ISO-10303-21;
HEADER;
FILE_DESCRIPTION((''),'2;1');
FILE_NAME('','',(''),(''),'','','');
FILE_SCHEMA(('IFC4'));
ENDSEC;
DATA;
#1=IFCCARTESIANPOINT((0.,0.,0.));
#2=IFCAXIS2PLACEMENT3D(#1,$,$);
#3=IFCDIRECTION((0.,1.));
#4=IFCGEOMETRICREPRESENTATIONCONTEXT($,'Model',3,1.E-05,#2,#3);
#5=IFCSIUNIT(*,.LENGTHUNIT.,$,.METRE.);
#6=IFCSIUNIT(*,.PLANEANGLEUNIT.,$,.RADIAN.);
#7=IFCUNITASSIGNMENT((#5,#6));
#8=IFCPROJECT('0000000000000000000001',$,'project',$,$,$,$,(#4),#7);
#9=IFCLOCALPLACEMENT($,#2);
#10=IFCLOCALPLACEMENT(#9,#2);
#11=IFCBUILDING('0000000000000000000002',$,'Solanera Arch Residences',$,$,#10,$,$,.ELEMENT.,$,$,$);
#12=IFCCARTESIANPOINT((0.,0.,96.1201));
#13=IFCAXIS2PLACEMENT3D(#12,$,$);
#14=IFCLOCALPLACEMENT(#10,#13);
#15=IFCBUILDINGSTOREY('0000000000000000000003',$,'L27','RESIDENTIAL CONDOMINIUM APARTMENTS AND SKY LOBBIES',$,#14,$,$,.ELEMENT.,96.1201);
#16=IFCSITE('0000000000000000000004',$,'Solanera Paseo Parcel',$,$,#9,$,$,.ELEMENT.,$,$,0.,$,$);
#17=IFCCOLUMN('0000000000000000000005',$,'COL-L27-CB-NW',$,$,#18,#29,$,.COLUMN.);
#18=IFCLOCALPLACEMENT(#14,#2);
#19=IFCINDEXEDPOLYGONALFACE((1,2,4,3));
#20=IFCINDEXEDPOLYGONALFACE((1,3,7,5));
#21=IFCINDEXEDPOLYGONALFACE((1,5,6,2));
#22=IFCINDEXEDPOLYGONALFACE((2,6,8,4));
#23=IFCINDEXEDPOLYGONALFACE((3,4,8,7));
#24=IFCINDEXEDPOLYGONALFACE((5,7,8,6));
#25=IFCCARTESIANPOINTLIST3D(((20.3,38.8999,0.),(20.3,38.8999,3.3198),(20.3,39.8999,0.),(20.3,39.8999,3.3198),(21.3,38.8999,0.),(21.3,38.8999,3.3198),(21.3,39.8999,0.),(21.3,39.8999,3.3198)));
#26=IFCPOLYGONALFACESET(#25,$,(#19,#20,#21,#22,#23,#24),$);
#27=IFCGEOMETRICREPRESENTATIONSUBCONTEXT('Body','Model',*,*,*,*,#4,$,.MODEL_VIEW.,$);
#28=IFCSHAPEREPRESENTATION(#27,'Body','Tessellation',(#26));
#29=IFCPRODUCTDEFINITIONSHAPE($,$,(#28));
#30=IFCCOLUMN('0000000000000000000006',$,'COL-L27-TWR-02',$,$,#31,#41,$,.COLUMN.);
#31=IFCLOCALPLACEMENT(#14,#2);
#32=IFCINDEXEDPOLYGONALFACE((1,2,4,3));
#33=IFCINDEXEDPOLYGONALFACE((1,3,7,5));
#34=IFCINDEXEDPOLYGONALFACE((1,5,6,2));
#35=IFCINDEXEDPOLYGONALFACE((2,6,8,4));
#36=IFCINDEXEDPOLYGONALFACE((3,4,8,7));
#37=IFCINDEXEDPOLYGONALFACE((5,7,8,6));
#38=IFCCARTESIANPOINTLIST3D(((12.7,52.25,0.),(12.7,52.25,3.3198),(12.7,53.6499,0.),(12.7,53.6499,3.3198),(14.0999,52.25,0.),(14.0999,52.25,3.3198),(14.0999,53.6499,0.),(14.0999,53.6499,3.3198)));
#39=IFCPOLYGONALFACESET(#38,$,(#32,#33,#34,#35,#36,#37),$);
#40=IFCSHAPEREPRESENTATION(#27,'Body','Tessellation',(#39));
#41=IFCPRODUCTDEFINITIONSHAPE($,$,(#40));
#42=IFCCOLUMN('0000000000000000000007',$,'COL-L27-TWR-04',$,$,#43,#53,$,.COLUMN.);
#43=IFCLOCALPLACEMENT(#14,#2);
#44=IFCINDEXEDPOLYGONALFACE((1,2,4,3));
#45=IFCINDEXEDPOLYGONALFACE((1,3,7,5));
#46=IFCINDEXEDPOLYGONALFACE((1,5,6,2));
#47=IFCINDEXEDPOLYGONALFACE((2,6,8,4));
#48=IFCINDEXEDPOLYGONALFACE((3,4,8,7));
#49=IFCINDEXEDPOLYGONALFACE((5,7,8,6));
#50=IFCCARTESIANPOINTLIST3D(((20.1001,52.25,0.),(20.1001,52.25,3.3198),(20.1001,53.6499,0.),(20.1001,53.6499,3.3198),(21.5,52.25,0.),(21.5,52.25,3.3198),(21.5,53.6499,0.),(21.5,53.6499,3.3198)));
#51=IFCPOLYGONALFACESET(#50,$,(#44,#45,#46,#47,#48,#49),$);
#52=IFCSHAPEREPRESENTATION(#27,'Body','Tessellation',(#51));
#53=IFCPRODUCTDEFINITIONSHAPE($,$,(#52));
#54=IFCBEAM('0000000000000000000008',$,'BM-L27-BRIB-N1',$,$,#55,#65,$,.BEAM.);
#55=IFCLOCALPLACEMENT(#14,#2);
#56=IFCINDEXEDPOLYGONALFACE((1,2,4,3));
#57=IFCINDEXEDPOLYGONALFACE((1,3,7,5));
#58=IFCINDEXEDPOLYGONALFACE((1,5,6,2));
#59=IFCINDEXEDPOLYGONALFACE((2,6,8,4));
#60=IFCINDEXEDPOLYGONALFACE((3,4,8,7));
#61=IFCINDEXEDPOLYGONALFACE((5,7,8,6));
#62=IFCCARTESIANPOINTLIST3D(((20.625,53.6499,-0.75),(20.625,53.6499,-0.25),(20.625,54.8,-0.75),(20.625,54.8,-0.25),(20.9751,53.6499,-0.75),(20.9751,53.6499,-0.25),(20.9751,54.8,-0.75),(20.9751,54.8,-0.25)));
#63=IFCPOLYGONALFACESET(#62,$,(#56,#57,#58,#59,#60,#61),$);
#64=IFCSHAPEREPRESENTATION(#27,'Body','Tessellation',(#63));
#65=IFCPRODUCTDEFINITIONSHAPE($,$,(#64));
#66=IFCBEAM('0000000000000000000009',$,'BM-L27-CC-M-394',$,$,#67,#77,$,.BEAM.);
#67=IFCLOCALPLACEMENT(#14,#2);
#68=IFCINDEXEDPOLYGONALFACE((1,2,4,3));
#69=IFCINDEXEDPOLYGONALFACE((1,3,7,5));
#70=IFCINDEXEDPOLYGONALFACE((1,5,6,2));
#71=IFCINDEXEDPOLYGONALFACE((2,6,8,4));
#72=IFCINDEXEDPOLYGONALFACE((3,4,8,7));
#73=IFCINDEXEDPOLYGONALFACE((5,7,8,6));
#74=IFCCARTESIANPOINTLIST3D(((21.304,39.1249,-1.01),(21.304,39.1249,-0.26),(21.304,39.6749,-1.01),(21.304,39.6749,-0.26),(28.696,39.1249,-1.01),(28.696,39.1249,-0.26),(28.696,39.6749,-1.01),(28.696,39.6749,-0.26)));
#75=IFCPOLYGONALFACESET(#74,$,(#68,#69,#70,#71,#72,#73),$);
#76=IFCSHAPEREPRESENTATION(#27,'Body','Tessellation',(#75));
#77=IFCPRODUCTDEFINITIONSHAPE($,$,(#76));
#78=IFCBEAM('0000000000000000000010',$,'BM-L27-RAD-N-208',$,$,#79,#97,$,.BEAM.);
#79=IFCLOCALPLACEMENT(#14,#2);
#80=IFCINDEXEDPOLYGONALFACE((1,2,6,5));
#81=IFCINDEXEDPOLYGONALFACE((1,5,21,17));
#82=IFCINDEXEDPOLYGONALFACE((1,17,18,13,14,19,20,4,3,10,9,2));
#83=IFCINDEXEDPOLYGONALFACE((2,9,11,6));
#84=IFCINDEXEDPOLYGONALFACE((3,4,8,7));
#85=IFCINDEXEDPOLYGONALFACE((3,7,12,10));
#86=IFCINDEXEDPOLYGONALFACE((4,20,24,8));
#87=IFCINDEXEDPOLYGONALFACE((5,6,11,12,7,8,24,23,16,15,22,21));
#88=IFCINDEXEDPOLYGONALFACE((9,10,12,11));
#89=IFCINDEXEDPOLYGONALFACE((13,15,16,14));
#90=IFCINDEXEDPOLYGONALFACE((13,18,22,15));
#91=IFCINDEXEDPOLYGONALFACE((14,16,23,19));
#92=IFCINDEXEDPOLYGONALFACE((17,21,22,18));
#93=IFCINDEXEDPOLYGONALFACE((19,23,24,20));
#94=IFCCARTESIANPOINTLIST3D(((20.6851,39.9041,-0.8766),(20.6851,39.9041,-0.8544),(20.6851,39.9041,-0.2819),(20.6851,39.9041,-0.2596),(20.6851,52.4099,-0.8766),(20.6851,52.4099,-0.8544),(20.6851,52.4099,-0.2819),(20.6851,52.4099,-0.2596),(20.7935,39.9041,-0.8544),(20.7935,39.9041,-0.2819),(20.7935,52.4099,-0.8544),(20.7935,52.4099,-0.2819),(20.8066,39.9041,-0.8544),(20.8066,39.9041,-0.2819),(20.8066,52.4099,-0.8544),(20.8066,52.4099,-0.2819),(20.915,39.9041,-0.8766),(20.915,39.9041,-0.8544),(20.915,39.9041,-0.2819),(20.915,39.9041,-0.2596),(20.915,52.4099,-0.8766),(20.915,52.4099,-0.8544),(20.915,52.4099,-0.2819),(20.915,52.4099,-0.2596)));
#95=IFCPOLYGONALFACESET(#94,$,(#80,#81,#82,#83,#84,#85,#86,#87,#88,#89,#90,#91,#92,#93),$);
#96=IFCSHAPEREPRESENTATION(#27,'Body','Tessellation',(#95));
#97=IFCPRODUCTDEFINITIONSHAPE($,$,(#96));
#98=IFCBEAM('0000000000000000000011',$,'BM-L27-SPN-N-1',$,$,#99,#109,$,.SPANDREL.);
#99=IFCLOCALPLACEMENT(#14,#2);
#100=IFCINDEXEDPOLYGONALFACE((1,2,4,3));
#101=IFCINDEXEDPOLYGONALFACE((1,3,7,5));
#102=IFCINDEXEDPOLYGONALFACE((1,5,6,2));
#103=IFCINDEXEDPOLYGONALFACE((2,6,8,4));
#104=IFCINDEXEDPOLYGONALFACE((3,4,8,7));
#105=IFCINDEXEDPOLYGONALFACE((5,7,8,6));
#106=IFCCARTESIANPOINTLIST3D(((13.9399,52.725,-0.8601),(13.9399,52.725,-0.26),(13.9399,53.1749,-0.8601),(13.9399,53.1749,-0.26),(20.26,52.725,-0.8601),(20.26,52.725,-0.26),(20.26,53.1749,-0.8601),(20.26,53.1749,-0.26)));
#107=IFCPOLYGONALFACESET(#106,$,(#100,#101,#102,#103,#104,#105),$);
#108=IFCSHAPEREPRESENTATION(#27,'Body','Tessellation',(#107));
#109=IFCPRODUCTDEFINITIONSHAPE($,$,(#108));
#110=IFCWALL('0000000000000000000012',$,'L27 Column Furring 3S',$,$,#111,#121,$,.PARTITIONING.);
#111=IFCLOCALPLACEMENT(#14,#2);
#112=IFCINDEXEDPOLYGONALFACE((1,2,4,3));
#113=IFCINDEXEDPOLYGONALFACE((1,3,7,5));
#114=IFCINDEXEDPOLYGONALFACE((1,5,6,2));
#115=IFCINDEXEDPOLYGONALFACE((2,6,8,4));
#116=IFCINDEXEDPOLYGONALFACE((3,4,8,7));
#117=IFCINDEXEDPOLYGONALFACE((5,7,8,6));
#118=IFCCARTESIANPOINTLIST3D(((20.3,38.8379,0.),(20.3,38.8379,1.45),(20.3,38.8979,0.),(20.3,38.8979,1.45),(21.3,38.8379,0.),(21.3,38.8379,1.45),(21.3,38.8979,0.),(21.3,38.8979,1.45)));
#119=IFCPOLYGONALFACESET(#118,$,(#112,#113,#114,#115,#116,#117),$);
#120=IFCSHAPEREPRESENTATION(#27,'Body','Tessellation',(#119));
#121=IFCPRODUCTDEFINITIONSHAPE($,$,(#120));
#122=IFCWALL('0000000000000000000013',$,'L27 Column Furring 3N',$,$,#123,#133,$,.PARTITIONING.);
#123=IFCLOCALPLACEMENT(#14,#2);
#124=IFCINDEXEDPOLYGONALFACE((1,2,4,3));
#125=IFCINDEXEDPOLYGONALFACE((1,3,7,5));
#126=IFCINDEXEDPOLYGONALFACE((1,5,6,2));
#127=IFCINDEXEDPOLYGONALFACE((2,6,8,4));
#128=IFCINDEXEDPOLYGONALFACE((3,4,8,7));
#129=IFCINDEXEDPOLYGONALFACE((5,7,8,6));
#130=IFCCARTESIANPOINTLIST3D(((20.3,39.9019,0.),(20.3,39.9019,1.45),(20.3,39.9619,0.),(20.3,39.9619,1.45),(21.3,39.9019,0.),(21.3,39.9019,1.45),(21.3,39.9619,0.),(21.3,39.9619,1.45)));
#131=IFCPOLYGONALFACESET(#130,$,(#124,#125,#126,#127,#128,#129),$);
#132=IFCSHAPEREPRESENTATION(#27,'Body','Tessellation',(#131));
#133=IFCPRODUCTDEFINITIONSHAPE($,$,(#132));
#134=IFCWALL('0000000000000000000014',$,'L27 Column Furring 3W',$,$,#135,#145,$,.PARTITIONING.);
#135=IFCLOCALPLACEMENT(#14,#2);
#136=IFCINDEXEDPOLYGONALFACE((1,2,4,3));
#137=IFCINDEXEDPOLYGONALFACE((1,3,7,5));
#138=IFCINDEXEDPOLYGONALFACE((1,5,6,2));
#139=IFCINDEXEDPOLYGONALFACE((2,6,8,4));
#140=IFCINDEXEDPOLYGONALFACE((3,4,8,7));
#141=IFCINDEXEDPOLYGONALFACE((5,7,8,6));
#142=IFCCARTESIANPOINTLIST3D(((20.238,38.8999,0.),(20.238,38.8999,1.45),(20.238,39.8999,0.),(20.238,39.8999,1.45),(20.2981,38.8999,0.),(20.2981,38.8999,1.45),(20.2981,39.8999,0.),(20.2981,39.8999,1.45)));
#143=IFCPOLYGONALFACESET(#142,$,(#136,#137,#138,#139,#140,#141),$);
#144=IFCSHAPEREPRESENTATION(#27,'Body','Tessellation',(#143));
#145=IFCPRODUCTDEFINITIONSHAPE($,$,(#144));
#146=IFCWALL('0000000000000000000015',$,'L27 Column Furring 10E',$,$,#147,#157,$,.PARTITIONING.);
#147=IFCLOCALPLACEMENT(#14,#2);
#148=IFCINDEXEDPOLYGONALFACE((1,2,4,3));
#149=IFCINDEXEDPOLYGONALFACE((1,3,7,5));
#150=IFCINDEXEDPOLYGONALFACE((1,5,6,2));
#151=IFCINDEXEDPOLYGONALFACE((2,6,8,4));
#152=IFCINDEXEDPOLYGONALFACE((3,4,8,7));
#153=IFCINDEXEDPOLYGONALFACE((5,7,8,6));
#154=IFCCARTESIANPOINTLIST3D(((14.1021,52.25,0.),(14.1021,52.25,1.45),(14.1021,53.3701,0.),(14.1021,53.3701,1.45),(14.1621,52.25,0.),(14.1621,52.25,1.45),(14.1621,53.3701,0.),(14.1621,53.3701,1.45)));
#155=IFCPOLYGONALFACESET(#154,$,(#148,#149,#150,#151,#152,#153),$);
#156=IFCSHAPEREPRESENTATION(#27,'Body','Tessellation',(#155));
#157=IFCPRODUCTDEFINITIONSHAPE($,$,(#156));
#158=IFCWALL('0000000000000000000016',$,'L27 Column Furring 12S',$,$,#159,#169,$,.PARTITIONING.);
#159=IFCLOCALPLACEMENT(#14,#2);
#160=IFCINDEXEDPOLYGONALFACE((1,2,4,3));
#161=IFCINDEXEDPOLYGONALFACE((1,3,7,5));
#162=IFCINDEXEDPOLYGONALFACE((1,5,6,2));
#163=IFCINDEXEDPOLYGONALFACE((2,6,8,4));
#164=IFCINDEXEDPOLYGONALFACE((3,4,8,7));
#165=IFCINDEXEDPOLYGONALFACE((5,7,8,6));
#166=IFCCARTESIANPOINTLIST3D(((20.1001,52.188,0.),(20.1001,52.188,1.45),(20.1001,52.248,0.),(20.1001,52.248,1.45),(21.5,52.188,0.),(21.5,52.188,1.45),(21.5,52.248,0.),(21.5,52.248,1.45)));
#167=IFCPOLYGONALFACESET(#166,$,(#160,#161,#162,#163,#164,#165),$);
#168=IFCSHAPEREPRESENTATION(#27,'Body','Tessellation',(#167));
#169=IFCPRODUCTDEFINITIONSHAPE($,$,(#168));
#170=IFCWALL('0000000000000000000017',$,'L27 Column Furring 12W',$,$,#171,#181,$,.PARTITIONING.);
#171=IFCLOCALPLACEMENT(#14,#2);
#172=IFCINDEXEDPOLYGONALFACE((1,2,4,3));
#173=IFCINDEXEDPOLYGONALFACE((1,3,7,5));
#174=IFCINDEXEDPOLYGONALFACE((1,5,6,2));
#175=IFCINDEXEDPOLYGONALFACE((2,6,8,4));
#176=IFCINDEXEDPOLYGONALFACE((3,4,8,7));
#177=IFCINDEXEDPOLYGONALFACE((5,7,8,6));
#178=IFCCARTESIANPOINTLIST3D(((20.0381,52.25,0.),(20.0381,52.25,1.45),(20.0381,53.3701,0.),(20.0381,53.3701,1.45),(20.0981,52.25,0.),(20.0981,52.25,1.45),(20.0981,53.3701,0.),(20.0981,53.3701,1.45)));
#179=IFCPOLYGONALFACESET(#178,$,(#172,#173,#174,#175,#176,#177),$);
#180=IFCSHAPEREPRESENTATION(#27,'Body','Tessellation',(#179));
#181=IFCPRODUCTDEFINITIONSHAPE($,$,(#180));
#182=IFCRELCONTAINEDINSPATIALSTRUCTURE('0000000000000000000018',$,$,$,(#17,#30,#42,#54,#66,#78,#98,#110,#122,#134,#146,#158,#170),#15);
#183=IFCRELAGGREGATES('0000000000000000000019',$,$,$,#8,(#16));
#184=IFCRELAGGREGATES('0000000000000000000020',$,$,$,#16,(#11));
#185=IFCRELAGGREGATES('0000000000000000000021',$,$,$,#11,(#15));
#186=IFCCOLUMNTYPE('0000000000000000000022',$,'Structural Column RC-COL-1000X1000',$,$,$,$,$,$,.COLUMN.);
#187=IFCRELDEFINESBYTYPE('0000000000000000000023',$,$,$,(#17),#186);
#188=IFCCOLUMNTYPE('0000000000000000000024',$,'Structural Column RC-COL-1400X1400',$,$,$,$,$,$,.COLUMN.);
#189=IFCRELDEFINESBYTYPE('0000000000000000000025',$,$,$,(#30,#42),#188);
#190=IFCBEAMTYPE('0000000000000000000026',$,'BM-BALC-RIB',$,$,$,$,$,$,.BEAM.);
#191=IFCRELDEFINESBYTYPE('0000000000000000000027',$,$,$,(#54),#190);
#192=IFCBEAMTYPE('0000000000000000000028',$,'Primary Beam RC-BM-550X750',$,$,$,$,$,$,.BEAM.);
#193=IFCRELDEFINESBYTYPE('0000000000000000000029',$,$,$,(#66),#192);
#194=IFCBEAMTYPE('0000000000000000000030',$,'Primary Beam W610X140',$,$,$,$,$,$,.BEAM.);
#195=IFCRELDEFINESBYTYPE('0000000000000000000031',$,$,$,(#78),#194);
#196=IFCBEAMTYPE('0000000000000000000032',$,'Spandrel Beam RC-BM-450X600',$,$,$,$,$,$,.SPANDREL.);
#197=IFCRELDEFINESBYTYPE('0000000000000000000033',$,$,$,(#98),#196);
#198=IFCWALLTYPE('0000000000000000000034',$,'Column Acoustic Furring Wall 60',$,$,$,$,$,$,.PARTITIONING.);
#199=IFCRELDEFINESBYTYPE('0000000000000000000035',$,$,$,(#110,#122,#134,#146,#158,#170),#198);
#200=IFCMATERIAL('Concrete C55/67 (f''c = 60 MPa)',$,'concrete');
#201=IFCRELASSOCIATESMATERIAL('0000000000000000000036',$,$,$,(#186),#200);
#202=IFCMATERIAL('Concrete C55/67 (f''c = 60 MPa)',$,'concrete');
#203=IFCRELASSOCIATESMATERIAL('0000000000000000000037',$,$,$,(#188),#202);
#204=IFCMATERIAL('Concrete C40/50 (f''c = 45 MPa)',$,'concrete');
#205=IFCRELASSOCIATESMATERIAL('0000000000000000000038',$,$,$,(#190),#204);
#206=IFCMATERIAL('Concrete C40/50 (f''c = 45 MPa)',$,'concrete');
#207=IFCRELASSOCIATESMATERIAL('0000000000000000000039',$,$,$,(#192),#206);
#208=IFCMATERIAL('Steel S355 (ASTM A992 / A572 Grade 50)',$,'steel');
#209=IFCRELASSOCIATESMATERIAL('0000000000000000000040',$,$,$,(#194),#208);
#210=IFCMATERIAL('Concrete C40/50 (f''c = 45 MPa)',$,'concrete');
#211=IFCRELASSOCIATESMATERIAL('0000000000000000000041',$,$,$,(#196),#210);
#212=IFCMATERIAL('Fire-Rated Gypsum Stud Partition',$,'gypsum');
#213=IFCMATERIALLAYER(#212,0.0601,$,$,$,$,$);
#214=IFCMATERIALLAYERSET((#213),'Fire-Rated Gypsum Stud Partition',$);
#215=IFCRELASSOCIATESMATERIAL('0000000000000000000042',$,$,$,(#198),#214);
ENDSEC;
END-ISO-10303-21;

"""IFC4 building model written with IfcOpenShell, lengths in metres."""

from ifc_helpers import new_model, si_unit, direction, frame, frame_2d, origin, origin_2d, place, context, subcontext, project, spatial, rectangle, i_section, extrude, material, layer, layer_set, material_profile, profile_set, type_object, element, save


model = new_model("IFC4")

# Units and contexts
model_context = context("Model", 3, precision=1e-05, world=origin(), true_north=direction((0.0, 1.0)))
body_context = subcontext(model_context, "Body", "Model", "MODEL_VIEW")
ifc_project = project(units=[si_unit("LENGTHUNIT", "METRE"), si_unit("PLANEANGLEUNIT", "RADIAN")], contexts=[model_context])

# Site, building, storey
site_placement = place(None, origin())
site = spatial("IfcSite", under=ifc_project, at=site_placement, Name="Solanera Paseo Parcel", CompositionType="ELEMENT", RefElevation=0.0)
building_placement = place(site_placement, origin())
building = spatial("IfcBuilding", under=site, at=building_placement, Name="Solanera Arch Residences", CompositionType="ELEMENT")
storey_placement = place(building_placement, frame((0.0, 0.0, 96.1201)))
storey = spatial("IfcBuildingStorey", under=building, at=storey_placement, Name="L27", Description="RESIDENTIAL CONDOMINIUM APARTMENTS AND SKY LOBBIES", CompositionType="ELEMENT", Elevation=96.1201)

# Columns
ifc_material_1 = material(Name="Concrete C55/67 (f'c = 60 MPa)", Category="concrete")
ifc_material_profile_1 = material_profile(ifc_material_1, rectangle(XDim=1.0, YDim=1.0, at=origin_2d()))
ifc_profile_set_1 = profile_set([ifc_material_profile_1], Name="Concrete C55/67 (f'c = 60 MPa)")
column_type_1 = type_object("IfcColumnType", Name="Structural Column RC-COL-1000X1000", PredefinedType="COLUMN", material=ifc_profile_set_1)
column_placement = place(storey_placement, frame((20.8, 39.3999, 0.0), z_axis=(0.0, 0.0, 1.0), x_axis=(1.0, 0.0, 0.0)))
element("IfcColumn", 1, at=column_placement, inside=storey, type_object=column_type_1, Name="COL-L27-CB-NW", PredefinedType="COLUMN", context=body_context, shape_type="SweptSolid", body=[
    extrude(rectangle(XDim=1.0, YDim=1.0, at=origin_2d()), origin(), (0.0, 0.0, 1.0), 3.3198),
])
ifc_material_2 = material(Name="Concrete C55/67 (f'c = 60 MPa)", Category="concrete")
ifc_material_profile_2 = material_profile(ifc_material_2, rectangle(XDim=1.3999, YDim=1.3999, at=origin_2d()))
ifc_profile_set_2 = profile_set([ifc_material_profile_2], Name="Concrete C55/67 (f'c = 60 MPa)")
column_type_2 = type_object("IfcColumnType", Name="Structural Column RC-COL-1400X1400", PredefinedType="COLUMN", material=ifc_profile_set_2)
for number, where, z_axis, x_axis, name in (
    (2, (13.3999, 52.95, 0.0), (0.0, 0.0, 1.0), (1.0, 0.0, 0.0), "COL-L27-TWR-02"),
    (3, (20.8, 52.95, 0.0), (0.0, 0.0, 1.0), (1.0, 0.0, 0.0), "COL-L27-TWR-04"),
):
    element("IfcColumn", number, at=place(storey_placement, frame(where, z_axis=z_axis, x_axis=x_axis)), inside=storey, type_object=column_type_2, Name=name, PredefinedType="COLUMN", context=body_context, shape_type="SweptSolid", body=[
        extrude(rectangle(XDim=1.3999, YDim=1.3999, at=origin_2d()), origin(), (0.0, 0.0, 1.0), 3.3198),
    ])

# Beams
ifc_material_3 = material(Name="Concrete C40/50 (f'c = 45 MPa)", Category="concrete")
ifc_material_profile_3 = material_profile(ifc_material_3, rectangle(XDim=0.3501, YDim=0.5, at=origin_2d()))
ifc_profile_set_3 = profile_set([ifc_material_profile_3], Name="Concrete C40/50 (f'c = 45 MPa)")
beam_type_1 = type_object("IfcBeamType", Name="BM-BALC-RIB", PredefinedType="BEAM", material=ifc_profile_set_3)
beam_1_placement = place(storey_placement, frame((20.8, 53.6499, -0.5), z_axis=(0.0, 1.0, 0.0), x_axis=(-1.0, 0.0, 0.0)))
element("IfcBeam", 4, at=beam_1_placement, inside=storey, type_object=beam_type_1, Name="BM-L27-BRIB-N1", PredefinedType="BEAM", context=body_context, shape_type="SweptSolid", body=[
    extrude(rectangle(XDim=0.3501, YDim=0.5, at=origin_2d()), origin(), (0.0, 0.0, 1.0), 1.1501),
])
ifc_material_4 = material(Name="Concrete C40/50 (f'c = 45 MPa)", Category="concrete")
ifc_material_profile_4 = material_profile(ifc_material_4, rectangle(XDim=0.55, YDim=0.75, at=origin_2d()))
ifc_profile_set_4 = profile_set([ifc_material_profile_4], Name="Concrete C40/50 (f'c = 45 MPa)")
beam_type_2 = type_object("IfcBeamType", Name="Primary Beam RC-BM-550X750", PredefinedType="BEAM", material=ifc_profile_set_4)
beam_2_placement = place(storey_placement, frame((21.304, 39.3999, -0.635), z_axis=(1.0, 0.0, 0.0), x_axis=(0.0, 1.0, 0.0)))
element("IfcBeam", 5, at=beam_2_placement, inside=storey, type_object=beam_type_2, Name="BM-L27-CC-M-394", PredefinedType="BEAM", context=body_context, shape_type="SweptSolid", body=[
    extrude(rectangle(XDim=0.55, YDim=0.75, at=origin_2d()), origin(), (0.0, 0.0, 1.0), 7.3921),
])
ifc_material_5 = material(Name="Steel S355 (ASTM A992 / A572 Grade 50)", Category="steel")
ifc_material_profile_5 = material_profile(ifc_material_5, i_section(OverallWidth=0.23, OverallDepth=0.6169, WebThickness=0.0132, FlangeThickness=0.0222, at=origin_2d()))
ifc_profile_set_5 = profile_set([ifc_material_profile_5], Name="Steel S355 (ASTM A992 / A572 Grade 50)")
beam_type_3 = type_object("IfcBeamType", Name="Primary Beam W610X140", PredefinedType="BEAM", material=ifc_profile_set_5)
beam_3_placement = place(storey_placement, frame((20.8, 39.9041, -0.5681), z_axis=(0.0, 1.0, 0.0), x_axis=(-1.0, 0.0, 0.0)))
element("IfcBeam", 6, at=beam_3_placement, inside=storey, type_object=beam_type_3, Name="BM-L27-RAD-N-208", PredefinedType="BEAM", context=body_context, shape_type="SweptSolid", body=[
    extrude(i_section(OverallWidth=0.23, OverallDepth=0.6169, WebThickness=0.0132, FlangeThickness=0.0222, at=origin_2d()), origin(), (0.0, 0.0, 1.0), 12.5059),
])
ifc_material_6 = material(Name="Concrete C40/50 (f'c = 45 MPa)", Category="concrete")
ifc_material_profile_6 = material_profile(ifc_material_6, rectangle(XDim=0.45, YDim=0.6001, at=origin_2d()))
ifc_profile_set_6 = profile_set([ifc_material_profile_6], Name="Concrete C40/50 (f'c = 45 MPa)")
beam_type_4 = type_object("IfcBeamType", Name="Spandrel Beam RC-BM-450X600", PredefinedType="SPANDREL", material=ifc_profile_set_6)
beam_4_placement = place(storey_placement, frame((13.9399, 52.95, -0.5601), z_axis=(1.0, 0.0, 0.0), x_axis=(0.0, 1.0, 0.0)))
element("IfcBeam", 7, at=beam_4_placement, inside=storey, type_object=beam_type_4, Name="BM-L27-SPN-N-1", PredefinedType="SPANDREL", context=body_context, shape_type="SweptSolid", body=[
    extrude(rectangle(XDim=0.45, YDim=0.6001, at=origin_2d()), origin(), (0.0, 0.0, 1.0), 6.3201),
])

# Walls
ifc_material_7 = material(Name="Fire-Rated Gypsum Stud Partition", Category="gypsum")
ifc_layer_1 = layer(ifc_material_7, 0.0601)
ifc_layer_set_1 = layer_set([ifc_layer_1], Name="Fire-Rated Gypsum Stud Partition")
wall_type_1 = type_object("IfcWallType", Name="Column Acoustic Furring Wall 60", PredefinedType="PARTITIONING", material=ifc_layer_set_1)
for number, where, z_axis, x_axis, name in (
    (8, (20.3, 38.8679, 0.0), (0.0, 0.0, 1.0), (1.0, 0.0, 0.0), "L27 Column Furring 3S"),
    (9, (20.3, 39.9319, 0.0), (0.0, 0.0, 1.0), (1.0, 0.0, 0.0), "L27 Column Furring 3N"),
    (10, (20.2681, 38.8999, 0.0), (0.0, 0.0, 1.0), (0.0, 1.0, 0.0), "L27 Column Furring 3W"),
):
    element("IfcWall", number, at=place(storey_placement, frame(where, z_axis=z_axis, x_axis=x_axis)), inside=storey, type_object=wall_type_1, Name=name, PredefinedType="PARTITIONING", context=body_context, shape_type="SweptSolid", body=[
        extrude(rectangle(XDim=1.0, YDim=0.0601, at=frame_2d((0.5, 0.0))), origin(), (0.0, 0.0, 1.0), 1.45),
    ])
wall_1_placement = place(storey_placement, frame((14.1321, 52.25, 0.0), z_axis=(0.0, 0.0, 1.0), x_axis=(0.0, 1.0, 0.0)))
element("IfcWall", 11, at=wall_1_placement, inside=storey, type_object=wall_type_1, Name="L27 Column Furring 10E", PredefinedType="PARTITIONING", context=body_context, shape_type="SweptSolid", body=[
    extrude(rectangle(XDim=1.1201, YDim=0.0601, at=frame_2d((0.5601, 0.0))), origin(), (0.0, 0.0, 1.0), 1.45),
])
wall_2_placement = place(storey_placement, frame((20.1001, 52.218, 0.0), z_axis=(0.0, 0.0, 1.0), x_axis=(1.0, 0.0, 0.0)))
element("IfcWall", 12, at=wall_2_placement, inside=storey, type_object=wall_type_1, Name="L27 Column Furring 12S", PredefinedType="PARTITIONING", context=body_context, shape_type="SweptSolid", body=[
    extrude(rectangle(XDim=1.3999, YDim=0.0601, at=frame_2d((0.7, 0.0))), origin(), (0.0, 0.0, 1.0), 1.45),
])
wall_3_placement = place(storey_placement, frame((20.0681, 52.25, 0.0), z_axis=(0.0, 0.0, 1.0), x_axis=(0.0, 1.0, 0.0)))
element("IfcWall", 13, at=wall_3_placement, inside=storey, type_object=wall_type_1, Name="L27 Column Furring 12W", PredefinedType="PARTITIONING", context=body_context, shape_type="SweptSolid", body=[
    extrude(rectangle(XDim=1.1201, YDim=0.0601, at=frame_2d((0.5601, 0.0))), origin(), (0.0, 0.0, 1.0), 1.45),
])

save(model, "model.ifc")
